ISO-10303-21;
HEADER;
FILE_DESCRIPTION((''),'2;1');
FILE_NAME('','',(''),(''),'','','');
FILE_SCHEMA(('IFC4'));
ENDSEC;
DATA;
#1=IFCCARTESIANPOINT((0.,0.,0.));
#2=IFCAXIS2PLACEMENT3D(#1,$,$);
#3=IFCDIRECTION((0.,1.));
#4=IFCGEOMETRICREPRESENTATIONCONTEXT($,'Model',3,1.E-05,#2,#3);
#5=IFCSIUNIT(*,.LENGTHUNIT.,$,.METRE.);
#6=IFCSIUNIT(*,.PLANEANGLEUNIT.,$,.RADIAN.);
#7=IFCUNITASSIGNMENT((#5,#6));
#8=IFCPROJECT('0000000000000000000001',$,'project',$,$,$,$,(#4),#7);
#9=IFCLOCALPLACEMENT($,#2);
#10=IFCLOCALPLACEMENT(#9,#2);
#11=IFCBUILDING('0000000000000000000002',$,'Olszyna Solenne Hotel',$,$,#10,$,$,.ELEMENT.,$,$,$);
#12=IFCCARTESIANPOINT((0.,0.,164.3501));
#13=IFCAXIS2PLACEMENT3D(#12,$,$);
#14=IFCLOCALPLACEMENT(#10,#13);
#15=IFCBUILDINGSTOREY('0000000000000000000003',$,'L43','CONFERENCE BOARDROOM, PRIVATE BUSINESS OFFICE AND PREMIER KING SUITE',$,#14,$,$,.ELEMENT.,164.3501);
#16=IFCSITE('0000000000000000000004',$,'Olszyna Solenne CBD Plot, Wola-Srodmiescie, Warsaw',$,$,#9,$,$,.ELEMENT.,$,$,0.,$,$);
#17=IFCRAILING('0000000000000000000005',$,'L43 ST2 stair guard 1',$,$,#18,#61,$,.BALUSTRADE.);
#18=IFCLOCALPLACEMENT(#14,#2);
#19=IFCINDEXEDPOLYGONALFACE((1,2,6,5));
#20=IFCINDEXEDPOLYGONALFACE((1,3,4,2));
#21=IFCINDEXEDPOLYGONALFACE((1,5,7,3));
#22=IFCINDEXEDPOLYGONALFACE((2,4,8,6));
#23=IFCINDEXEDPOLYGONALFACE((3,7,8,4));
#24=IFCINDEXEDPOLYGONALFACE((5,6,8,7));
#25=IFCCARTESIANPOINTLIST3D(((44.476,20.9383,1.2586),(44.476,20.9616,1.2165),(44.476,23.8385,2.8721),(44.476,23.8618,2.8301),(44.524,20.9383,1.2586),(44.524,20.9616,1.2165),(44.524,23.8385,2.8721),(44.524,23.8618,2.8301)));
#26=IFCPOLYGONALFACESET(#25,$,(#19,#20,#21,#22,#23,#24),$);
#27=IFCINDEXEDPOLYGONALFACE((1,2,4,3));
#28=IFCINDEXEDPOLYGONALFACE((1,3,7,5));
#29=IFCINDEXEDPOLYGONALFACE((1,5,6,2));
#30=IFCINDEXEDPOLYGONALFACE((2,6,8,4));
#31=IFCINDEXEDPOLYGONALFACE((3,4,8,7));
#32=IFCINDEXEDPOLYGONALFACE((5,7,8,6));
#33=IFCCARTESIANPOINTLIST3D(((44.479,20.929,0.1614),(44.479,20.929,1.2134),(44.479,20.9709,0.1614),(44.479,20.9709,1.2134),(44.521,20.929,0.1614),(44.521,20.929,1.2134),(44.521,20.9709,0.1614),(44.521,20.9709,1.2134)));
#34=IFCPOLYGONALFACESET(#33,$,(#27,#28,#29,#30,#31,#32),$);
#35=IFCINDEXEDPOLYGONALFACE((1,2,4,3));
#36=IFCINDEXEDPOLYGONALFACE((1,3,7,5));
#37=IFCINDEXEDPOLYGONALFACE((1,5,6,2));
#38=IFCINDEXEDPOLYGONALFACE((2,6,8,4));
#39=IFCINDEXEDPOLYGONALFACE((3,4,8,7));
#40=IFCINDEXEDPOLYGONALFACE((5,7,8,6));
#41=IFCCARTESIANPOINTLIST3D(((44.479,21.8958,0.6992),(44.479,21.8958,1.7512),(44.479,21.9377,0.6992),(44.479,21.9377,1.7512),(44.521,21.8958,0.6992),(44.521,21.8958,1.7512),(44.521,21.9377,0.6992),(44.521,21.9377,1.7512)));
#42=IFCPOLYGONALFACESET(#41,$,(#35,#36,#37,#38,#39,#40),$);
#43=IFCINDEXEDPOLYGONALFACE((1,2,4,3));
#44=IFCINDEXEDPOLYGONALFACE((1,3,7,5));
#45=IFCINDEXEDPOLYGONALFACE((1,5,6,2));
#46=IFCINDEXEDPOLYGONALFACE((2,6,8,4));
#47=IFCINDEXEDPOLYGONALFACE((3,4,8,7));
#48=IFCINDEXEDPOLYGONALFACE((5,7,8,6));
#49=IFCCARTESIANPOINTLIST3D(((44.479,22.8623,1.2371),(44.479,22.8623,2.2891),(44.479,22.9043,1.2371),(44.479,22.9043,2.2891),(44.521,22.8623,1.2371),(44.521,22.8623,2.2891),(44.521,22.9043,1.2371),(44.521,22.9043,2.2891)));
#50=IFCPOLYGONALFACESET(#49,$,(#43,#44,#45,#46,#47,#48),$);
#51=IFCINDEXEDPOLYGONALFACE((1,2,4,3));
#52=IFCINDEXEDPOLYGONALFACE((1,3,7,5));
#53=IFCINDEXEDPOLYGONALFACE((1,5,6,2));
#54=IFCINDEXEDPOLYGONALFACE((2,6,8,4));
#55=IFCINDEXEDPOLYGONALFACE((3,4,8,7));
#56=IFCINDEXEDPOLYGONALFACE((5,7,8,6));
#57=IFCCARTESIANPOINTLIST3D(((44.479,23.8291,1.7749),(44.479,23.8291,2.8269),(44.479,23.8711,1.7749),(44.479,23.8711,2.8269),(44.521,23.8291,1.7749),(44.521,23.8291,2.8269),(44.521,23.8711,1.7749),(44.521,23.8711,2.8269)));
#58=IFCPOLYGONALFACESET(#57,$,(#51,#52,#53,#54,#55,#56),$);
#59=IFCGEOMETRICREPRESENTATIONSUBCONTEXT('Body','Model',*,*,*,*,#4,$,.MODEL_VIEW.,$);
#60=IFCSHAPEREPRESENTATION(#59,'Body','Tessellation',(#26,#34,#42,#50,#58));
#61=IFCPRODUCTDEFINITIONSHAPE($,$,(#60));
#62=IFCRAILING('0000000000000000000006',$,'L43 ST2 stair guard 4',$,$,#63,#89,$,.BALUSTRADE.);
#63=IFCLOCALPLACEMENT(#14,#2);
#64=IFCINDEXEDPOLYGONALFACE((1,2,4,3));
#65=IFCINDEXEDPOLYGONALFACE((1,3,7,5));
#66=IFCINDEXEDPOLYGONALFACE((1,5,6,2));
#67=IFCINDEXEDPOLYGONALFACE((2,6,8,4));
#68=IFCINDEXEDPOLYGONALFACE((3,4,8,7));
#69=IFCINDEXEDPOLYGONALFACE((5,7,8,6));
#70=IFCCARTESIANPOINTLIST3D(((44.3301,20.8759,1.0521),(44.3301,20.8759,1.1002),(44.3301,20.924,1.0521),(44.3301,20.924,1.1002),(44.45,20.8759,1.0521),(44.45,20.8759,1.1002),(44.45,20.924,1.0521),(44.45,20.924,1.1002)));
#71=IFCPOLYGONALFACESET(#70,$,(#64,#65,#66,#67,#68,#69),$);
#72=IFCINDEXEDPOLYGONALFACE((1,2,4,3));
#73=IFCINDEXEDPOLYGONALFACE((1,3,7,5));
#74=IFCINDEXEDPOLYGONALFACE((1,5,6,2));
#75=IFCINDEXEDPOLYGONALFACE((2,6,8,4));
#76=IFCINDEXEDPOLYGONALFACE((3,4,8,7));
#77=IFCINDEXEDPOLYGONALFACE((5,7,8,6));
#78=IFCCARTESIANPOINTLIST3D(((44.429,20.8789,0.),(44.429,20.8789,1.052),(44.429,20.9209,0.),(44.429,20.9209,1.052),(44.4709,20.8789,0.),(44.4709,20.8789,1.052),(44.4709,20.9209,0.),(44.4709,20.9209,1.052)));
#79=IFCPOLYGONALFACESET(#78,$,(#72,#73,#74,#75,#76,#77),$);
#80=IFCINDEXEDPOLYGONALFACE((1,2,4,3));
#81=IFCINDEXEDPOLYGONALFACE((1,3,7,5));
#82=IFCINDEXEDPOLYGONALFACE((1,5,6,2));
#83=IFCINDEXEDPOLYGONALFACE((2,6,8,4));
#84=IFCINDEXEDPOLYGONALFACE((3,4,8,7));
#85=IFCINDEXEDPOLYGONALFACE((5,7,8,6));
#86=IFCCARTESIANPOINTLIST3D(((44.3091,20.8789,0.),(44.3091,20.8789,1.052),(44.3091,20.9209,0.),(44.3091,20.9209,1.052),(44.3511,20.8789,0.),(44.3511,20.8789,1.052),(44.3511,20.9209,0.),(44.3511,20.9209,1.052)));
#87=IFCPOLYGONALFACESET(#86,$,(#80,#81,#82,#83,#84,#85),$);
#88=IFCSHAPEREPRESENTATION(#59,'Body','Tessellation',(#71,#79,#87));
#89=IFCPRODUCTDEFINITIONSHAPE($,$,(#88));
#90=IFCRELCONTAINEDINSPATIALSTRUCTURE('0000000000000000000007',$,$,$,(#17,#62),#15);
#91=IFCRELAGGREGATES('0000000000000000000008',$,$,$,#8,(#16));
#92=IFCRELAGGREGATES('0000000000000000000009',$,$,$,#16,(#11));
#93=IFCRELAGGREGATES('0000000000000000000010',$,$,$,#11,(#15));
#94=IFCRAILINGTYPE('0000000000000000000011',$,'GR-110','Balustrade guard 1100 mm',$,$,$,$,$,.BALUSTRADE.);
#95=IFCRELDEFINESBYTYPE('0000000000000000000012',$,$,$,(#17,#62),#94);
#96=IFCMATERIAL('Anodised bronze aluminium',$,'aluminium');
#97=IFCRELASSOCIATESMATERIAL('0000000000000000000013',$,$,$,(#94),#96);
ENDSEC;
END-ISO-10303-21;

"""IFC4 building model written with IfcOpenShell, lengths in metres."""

from ifc_helpers import new_model, si_unit, direction, frame, origin, origin_2d, place, context, subcontext, project, spatial, rectangle, extrude, material, type_object, element, save


model = new_model("IFC4")

# Units and contexts
model_context = context("Model", 3, precision=1e-05, world=origin(), true_north=direction((0.0, 1.0)))
body_context = subcontext(model_context, "Body", "Model", "MODEL_VIEW")
ifc_project = project(units=[si_unit("LENGTHUNIT", "METRE"), si_unit("PLANEANGLEUNIT", "RADIAN")], contexts=[model_context])

# Site, building, storey
site_placement = place(None, origin())
site = spatial("IfcSite", under=ifc_project, at=site_placement, Name="Olszyna Solenne CBD Plot, Wola-Srodmiescie, Warsaw", CompositionType="ELEMENT", RefElevation=0.0)
building_placement = place(site_placement, origin())
building = spatial("IfcBuilding", under=site, at=building_placement, Name="Olszyna Solenne Hotel", CompositionType="ELEMENT")
storey_placement = place(building_placement, frame((0.0, 0.0, 164.3501)))
storey = spatial("IfcBuildingStorey", under=building, at=storey_placement, Name="L43", Description="CONFERENCE BOARDROOM, PRIVATE BUSINESS OFFICE AND PREMIER KING SUITE", CompositionType="ELEMENT", Elevation=164.3501)

# Shared definitions
ifc_material_1 = material(Name="Anodised bronze aluminium", Category="aluminium")

# Railings
railing_type = type_object("IfcRailingType", Name="GR-110", Description="Balustrade guard 1100 mm", PredefinedType="BALUSTRADE", material=ifc_material_1)
railing_1_placement = place(storey_placement, frame((44.5, 20.95, 0.1614)))
element("IfcRailing", 1, at=railing_1_placement, inside=storey, type_object=railing_type, Name="L43 ST2 stair guard 1", PredefinedType="BALUSTRADE", context=body_context, shape_type="SweptSolid", body=[
    extrude(rectangle(XDim=0.0481, YDim=0.0481, at=origin_2d()), frame((0.0, 0.0, 1.0762), z_axis=(0.0, 0.873859, 0.48618), x_axis=(-1.0, 0.0, 0.0)), (0.0, 0.0, 1.0), 3.3188),
    extrude(rectangle(XDim=0.042, YDim=0.042, at=origin_2d()), origin(), (0.0, 0.0, 1.0), 1.052),
    extrude(rectangle(XDim=0.042, YDim=0.042, at=origin_2d()), frame((0.0, 0.9668, 0.5378)), (0.0, 0.0, 1.0), 1.052),
    extrude(rectangle(XDim=0.042, YDim=0.042, at=origin_2d()), frame((0.0, 1.9333, 1.0757)), (0.0, 0.0, 1.0), 1.052),
    extrude(rectangle(XDim=0.042, YDim=0.042, at=origin_2d()), frame((0.0, 2.9001, 1.6135)), (0.0, 0.0, 1.0), 1.052),
])
railing_2_placement = place(storey_placement, frame((44.45, 20.8999, 0.0)))
element("IfcRailing", 2, at=railing_2_placement, inside=storey, type_object=railing_type, Name="L43 ST2 stair guard 4", PredefinedType="BALUSTRADE", context=body_context, shape_type="SweptSolid", body=[
    extrude(rectangle(XDim=0.0481, YDim=0.0481, at=origin_2d()), frame((0.0, 0.0, 1.0762), z_axis=(-1.0, 0.0, 0.0), x_axis=(0.0, -1.0, 0.0)), (0.0, 0.0, 1.0), 0.1199),
    extrude(rectangle(XDim=0.042, YDim=0.042, at=origin_2d()), origin(), (0.0, 0.0, 1.0), 1.052),
    extrude(rectangle(XDim=0.042, YDim=0.042, at=origin_2d()), frame((-0.1199, 0.0, 0.0)), (0.0, 0.0, 1.0), 1.052),
])

save(model, "model.ifc")
